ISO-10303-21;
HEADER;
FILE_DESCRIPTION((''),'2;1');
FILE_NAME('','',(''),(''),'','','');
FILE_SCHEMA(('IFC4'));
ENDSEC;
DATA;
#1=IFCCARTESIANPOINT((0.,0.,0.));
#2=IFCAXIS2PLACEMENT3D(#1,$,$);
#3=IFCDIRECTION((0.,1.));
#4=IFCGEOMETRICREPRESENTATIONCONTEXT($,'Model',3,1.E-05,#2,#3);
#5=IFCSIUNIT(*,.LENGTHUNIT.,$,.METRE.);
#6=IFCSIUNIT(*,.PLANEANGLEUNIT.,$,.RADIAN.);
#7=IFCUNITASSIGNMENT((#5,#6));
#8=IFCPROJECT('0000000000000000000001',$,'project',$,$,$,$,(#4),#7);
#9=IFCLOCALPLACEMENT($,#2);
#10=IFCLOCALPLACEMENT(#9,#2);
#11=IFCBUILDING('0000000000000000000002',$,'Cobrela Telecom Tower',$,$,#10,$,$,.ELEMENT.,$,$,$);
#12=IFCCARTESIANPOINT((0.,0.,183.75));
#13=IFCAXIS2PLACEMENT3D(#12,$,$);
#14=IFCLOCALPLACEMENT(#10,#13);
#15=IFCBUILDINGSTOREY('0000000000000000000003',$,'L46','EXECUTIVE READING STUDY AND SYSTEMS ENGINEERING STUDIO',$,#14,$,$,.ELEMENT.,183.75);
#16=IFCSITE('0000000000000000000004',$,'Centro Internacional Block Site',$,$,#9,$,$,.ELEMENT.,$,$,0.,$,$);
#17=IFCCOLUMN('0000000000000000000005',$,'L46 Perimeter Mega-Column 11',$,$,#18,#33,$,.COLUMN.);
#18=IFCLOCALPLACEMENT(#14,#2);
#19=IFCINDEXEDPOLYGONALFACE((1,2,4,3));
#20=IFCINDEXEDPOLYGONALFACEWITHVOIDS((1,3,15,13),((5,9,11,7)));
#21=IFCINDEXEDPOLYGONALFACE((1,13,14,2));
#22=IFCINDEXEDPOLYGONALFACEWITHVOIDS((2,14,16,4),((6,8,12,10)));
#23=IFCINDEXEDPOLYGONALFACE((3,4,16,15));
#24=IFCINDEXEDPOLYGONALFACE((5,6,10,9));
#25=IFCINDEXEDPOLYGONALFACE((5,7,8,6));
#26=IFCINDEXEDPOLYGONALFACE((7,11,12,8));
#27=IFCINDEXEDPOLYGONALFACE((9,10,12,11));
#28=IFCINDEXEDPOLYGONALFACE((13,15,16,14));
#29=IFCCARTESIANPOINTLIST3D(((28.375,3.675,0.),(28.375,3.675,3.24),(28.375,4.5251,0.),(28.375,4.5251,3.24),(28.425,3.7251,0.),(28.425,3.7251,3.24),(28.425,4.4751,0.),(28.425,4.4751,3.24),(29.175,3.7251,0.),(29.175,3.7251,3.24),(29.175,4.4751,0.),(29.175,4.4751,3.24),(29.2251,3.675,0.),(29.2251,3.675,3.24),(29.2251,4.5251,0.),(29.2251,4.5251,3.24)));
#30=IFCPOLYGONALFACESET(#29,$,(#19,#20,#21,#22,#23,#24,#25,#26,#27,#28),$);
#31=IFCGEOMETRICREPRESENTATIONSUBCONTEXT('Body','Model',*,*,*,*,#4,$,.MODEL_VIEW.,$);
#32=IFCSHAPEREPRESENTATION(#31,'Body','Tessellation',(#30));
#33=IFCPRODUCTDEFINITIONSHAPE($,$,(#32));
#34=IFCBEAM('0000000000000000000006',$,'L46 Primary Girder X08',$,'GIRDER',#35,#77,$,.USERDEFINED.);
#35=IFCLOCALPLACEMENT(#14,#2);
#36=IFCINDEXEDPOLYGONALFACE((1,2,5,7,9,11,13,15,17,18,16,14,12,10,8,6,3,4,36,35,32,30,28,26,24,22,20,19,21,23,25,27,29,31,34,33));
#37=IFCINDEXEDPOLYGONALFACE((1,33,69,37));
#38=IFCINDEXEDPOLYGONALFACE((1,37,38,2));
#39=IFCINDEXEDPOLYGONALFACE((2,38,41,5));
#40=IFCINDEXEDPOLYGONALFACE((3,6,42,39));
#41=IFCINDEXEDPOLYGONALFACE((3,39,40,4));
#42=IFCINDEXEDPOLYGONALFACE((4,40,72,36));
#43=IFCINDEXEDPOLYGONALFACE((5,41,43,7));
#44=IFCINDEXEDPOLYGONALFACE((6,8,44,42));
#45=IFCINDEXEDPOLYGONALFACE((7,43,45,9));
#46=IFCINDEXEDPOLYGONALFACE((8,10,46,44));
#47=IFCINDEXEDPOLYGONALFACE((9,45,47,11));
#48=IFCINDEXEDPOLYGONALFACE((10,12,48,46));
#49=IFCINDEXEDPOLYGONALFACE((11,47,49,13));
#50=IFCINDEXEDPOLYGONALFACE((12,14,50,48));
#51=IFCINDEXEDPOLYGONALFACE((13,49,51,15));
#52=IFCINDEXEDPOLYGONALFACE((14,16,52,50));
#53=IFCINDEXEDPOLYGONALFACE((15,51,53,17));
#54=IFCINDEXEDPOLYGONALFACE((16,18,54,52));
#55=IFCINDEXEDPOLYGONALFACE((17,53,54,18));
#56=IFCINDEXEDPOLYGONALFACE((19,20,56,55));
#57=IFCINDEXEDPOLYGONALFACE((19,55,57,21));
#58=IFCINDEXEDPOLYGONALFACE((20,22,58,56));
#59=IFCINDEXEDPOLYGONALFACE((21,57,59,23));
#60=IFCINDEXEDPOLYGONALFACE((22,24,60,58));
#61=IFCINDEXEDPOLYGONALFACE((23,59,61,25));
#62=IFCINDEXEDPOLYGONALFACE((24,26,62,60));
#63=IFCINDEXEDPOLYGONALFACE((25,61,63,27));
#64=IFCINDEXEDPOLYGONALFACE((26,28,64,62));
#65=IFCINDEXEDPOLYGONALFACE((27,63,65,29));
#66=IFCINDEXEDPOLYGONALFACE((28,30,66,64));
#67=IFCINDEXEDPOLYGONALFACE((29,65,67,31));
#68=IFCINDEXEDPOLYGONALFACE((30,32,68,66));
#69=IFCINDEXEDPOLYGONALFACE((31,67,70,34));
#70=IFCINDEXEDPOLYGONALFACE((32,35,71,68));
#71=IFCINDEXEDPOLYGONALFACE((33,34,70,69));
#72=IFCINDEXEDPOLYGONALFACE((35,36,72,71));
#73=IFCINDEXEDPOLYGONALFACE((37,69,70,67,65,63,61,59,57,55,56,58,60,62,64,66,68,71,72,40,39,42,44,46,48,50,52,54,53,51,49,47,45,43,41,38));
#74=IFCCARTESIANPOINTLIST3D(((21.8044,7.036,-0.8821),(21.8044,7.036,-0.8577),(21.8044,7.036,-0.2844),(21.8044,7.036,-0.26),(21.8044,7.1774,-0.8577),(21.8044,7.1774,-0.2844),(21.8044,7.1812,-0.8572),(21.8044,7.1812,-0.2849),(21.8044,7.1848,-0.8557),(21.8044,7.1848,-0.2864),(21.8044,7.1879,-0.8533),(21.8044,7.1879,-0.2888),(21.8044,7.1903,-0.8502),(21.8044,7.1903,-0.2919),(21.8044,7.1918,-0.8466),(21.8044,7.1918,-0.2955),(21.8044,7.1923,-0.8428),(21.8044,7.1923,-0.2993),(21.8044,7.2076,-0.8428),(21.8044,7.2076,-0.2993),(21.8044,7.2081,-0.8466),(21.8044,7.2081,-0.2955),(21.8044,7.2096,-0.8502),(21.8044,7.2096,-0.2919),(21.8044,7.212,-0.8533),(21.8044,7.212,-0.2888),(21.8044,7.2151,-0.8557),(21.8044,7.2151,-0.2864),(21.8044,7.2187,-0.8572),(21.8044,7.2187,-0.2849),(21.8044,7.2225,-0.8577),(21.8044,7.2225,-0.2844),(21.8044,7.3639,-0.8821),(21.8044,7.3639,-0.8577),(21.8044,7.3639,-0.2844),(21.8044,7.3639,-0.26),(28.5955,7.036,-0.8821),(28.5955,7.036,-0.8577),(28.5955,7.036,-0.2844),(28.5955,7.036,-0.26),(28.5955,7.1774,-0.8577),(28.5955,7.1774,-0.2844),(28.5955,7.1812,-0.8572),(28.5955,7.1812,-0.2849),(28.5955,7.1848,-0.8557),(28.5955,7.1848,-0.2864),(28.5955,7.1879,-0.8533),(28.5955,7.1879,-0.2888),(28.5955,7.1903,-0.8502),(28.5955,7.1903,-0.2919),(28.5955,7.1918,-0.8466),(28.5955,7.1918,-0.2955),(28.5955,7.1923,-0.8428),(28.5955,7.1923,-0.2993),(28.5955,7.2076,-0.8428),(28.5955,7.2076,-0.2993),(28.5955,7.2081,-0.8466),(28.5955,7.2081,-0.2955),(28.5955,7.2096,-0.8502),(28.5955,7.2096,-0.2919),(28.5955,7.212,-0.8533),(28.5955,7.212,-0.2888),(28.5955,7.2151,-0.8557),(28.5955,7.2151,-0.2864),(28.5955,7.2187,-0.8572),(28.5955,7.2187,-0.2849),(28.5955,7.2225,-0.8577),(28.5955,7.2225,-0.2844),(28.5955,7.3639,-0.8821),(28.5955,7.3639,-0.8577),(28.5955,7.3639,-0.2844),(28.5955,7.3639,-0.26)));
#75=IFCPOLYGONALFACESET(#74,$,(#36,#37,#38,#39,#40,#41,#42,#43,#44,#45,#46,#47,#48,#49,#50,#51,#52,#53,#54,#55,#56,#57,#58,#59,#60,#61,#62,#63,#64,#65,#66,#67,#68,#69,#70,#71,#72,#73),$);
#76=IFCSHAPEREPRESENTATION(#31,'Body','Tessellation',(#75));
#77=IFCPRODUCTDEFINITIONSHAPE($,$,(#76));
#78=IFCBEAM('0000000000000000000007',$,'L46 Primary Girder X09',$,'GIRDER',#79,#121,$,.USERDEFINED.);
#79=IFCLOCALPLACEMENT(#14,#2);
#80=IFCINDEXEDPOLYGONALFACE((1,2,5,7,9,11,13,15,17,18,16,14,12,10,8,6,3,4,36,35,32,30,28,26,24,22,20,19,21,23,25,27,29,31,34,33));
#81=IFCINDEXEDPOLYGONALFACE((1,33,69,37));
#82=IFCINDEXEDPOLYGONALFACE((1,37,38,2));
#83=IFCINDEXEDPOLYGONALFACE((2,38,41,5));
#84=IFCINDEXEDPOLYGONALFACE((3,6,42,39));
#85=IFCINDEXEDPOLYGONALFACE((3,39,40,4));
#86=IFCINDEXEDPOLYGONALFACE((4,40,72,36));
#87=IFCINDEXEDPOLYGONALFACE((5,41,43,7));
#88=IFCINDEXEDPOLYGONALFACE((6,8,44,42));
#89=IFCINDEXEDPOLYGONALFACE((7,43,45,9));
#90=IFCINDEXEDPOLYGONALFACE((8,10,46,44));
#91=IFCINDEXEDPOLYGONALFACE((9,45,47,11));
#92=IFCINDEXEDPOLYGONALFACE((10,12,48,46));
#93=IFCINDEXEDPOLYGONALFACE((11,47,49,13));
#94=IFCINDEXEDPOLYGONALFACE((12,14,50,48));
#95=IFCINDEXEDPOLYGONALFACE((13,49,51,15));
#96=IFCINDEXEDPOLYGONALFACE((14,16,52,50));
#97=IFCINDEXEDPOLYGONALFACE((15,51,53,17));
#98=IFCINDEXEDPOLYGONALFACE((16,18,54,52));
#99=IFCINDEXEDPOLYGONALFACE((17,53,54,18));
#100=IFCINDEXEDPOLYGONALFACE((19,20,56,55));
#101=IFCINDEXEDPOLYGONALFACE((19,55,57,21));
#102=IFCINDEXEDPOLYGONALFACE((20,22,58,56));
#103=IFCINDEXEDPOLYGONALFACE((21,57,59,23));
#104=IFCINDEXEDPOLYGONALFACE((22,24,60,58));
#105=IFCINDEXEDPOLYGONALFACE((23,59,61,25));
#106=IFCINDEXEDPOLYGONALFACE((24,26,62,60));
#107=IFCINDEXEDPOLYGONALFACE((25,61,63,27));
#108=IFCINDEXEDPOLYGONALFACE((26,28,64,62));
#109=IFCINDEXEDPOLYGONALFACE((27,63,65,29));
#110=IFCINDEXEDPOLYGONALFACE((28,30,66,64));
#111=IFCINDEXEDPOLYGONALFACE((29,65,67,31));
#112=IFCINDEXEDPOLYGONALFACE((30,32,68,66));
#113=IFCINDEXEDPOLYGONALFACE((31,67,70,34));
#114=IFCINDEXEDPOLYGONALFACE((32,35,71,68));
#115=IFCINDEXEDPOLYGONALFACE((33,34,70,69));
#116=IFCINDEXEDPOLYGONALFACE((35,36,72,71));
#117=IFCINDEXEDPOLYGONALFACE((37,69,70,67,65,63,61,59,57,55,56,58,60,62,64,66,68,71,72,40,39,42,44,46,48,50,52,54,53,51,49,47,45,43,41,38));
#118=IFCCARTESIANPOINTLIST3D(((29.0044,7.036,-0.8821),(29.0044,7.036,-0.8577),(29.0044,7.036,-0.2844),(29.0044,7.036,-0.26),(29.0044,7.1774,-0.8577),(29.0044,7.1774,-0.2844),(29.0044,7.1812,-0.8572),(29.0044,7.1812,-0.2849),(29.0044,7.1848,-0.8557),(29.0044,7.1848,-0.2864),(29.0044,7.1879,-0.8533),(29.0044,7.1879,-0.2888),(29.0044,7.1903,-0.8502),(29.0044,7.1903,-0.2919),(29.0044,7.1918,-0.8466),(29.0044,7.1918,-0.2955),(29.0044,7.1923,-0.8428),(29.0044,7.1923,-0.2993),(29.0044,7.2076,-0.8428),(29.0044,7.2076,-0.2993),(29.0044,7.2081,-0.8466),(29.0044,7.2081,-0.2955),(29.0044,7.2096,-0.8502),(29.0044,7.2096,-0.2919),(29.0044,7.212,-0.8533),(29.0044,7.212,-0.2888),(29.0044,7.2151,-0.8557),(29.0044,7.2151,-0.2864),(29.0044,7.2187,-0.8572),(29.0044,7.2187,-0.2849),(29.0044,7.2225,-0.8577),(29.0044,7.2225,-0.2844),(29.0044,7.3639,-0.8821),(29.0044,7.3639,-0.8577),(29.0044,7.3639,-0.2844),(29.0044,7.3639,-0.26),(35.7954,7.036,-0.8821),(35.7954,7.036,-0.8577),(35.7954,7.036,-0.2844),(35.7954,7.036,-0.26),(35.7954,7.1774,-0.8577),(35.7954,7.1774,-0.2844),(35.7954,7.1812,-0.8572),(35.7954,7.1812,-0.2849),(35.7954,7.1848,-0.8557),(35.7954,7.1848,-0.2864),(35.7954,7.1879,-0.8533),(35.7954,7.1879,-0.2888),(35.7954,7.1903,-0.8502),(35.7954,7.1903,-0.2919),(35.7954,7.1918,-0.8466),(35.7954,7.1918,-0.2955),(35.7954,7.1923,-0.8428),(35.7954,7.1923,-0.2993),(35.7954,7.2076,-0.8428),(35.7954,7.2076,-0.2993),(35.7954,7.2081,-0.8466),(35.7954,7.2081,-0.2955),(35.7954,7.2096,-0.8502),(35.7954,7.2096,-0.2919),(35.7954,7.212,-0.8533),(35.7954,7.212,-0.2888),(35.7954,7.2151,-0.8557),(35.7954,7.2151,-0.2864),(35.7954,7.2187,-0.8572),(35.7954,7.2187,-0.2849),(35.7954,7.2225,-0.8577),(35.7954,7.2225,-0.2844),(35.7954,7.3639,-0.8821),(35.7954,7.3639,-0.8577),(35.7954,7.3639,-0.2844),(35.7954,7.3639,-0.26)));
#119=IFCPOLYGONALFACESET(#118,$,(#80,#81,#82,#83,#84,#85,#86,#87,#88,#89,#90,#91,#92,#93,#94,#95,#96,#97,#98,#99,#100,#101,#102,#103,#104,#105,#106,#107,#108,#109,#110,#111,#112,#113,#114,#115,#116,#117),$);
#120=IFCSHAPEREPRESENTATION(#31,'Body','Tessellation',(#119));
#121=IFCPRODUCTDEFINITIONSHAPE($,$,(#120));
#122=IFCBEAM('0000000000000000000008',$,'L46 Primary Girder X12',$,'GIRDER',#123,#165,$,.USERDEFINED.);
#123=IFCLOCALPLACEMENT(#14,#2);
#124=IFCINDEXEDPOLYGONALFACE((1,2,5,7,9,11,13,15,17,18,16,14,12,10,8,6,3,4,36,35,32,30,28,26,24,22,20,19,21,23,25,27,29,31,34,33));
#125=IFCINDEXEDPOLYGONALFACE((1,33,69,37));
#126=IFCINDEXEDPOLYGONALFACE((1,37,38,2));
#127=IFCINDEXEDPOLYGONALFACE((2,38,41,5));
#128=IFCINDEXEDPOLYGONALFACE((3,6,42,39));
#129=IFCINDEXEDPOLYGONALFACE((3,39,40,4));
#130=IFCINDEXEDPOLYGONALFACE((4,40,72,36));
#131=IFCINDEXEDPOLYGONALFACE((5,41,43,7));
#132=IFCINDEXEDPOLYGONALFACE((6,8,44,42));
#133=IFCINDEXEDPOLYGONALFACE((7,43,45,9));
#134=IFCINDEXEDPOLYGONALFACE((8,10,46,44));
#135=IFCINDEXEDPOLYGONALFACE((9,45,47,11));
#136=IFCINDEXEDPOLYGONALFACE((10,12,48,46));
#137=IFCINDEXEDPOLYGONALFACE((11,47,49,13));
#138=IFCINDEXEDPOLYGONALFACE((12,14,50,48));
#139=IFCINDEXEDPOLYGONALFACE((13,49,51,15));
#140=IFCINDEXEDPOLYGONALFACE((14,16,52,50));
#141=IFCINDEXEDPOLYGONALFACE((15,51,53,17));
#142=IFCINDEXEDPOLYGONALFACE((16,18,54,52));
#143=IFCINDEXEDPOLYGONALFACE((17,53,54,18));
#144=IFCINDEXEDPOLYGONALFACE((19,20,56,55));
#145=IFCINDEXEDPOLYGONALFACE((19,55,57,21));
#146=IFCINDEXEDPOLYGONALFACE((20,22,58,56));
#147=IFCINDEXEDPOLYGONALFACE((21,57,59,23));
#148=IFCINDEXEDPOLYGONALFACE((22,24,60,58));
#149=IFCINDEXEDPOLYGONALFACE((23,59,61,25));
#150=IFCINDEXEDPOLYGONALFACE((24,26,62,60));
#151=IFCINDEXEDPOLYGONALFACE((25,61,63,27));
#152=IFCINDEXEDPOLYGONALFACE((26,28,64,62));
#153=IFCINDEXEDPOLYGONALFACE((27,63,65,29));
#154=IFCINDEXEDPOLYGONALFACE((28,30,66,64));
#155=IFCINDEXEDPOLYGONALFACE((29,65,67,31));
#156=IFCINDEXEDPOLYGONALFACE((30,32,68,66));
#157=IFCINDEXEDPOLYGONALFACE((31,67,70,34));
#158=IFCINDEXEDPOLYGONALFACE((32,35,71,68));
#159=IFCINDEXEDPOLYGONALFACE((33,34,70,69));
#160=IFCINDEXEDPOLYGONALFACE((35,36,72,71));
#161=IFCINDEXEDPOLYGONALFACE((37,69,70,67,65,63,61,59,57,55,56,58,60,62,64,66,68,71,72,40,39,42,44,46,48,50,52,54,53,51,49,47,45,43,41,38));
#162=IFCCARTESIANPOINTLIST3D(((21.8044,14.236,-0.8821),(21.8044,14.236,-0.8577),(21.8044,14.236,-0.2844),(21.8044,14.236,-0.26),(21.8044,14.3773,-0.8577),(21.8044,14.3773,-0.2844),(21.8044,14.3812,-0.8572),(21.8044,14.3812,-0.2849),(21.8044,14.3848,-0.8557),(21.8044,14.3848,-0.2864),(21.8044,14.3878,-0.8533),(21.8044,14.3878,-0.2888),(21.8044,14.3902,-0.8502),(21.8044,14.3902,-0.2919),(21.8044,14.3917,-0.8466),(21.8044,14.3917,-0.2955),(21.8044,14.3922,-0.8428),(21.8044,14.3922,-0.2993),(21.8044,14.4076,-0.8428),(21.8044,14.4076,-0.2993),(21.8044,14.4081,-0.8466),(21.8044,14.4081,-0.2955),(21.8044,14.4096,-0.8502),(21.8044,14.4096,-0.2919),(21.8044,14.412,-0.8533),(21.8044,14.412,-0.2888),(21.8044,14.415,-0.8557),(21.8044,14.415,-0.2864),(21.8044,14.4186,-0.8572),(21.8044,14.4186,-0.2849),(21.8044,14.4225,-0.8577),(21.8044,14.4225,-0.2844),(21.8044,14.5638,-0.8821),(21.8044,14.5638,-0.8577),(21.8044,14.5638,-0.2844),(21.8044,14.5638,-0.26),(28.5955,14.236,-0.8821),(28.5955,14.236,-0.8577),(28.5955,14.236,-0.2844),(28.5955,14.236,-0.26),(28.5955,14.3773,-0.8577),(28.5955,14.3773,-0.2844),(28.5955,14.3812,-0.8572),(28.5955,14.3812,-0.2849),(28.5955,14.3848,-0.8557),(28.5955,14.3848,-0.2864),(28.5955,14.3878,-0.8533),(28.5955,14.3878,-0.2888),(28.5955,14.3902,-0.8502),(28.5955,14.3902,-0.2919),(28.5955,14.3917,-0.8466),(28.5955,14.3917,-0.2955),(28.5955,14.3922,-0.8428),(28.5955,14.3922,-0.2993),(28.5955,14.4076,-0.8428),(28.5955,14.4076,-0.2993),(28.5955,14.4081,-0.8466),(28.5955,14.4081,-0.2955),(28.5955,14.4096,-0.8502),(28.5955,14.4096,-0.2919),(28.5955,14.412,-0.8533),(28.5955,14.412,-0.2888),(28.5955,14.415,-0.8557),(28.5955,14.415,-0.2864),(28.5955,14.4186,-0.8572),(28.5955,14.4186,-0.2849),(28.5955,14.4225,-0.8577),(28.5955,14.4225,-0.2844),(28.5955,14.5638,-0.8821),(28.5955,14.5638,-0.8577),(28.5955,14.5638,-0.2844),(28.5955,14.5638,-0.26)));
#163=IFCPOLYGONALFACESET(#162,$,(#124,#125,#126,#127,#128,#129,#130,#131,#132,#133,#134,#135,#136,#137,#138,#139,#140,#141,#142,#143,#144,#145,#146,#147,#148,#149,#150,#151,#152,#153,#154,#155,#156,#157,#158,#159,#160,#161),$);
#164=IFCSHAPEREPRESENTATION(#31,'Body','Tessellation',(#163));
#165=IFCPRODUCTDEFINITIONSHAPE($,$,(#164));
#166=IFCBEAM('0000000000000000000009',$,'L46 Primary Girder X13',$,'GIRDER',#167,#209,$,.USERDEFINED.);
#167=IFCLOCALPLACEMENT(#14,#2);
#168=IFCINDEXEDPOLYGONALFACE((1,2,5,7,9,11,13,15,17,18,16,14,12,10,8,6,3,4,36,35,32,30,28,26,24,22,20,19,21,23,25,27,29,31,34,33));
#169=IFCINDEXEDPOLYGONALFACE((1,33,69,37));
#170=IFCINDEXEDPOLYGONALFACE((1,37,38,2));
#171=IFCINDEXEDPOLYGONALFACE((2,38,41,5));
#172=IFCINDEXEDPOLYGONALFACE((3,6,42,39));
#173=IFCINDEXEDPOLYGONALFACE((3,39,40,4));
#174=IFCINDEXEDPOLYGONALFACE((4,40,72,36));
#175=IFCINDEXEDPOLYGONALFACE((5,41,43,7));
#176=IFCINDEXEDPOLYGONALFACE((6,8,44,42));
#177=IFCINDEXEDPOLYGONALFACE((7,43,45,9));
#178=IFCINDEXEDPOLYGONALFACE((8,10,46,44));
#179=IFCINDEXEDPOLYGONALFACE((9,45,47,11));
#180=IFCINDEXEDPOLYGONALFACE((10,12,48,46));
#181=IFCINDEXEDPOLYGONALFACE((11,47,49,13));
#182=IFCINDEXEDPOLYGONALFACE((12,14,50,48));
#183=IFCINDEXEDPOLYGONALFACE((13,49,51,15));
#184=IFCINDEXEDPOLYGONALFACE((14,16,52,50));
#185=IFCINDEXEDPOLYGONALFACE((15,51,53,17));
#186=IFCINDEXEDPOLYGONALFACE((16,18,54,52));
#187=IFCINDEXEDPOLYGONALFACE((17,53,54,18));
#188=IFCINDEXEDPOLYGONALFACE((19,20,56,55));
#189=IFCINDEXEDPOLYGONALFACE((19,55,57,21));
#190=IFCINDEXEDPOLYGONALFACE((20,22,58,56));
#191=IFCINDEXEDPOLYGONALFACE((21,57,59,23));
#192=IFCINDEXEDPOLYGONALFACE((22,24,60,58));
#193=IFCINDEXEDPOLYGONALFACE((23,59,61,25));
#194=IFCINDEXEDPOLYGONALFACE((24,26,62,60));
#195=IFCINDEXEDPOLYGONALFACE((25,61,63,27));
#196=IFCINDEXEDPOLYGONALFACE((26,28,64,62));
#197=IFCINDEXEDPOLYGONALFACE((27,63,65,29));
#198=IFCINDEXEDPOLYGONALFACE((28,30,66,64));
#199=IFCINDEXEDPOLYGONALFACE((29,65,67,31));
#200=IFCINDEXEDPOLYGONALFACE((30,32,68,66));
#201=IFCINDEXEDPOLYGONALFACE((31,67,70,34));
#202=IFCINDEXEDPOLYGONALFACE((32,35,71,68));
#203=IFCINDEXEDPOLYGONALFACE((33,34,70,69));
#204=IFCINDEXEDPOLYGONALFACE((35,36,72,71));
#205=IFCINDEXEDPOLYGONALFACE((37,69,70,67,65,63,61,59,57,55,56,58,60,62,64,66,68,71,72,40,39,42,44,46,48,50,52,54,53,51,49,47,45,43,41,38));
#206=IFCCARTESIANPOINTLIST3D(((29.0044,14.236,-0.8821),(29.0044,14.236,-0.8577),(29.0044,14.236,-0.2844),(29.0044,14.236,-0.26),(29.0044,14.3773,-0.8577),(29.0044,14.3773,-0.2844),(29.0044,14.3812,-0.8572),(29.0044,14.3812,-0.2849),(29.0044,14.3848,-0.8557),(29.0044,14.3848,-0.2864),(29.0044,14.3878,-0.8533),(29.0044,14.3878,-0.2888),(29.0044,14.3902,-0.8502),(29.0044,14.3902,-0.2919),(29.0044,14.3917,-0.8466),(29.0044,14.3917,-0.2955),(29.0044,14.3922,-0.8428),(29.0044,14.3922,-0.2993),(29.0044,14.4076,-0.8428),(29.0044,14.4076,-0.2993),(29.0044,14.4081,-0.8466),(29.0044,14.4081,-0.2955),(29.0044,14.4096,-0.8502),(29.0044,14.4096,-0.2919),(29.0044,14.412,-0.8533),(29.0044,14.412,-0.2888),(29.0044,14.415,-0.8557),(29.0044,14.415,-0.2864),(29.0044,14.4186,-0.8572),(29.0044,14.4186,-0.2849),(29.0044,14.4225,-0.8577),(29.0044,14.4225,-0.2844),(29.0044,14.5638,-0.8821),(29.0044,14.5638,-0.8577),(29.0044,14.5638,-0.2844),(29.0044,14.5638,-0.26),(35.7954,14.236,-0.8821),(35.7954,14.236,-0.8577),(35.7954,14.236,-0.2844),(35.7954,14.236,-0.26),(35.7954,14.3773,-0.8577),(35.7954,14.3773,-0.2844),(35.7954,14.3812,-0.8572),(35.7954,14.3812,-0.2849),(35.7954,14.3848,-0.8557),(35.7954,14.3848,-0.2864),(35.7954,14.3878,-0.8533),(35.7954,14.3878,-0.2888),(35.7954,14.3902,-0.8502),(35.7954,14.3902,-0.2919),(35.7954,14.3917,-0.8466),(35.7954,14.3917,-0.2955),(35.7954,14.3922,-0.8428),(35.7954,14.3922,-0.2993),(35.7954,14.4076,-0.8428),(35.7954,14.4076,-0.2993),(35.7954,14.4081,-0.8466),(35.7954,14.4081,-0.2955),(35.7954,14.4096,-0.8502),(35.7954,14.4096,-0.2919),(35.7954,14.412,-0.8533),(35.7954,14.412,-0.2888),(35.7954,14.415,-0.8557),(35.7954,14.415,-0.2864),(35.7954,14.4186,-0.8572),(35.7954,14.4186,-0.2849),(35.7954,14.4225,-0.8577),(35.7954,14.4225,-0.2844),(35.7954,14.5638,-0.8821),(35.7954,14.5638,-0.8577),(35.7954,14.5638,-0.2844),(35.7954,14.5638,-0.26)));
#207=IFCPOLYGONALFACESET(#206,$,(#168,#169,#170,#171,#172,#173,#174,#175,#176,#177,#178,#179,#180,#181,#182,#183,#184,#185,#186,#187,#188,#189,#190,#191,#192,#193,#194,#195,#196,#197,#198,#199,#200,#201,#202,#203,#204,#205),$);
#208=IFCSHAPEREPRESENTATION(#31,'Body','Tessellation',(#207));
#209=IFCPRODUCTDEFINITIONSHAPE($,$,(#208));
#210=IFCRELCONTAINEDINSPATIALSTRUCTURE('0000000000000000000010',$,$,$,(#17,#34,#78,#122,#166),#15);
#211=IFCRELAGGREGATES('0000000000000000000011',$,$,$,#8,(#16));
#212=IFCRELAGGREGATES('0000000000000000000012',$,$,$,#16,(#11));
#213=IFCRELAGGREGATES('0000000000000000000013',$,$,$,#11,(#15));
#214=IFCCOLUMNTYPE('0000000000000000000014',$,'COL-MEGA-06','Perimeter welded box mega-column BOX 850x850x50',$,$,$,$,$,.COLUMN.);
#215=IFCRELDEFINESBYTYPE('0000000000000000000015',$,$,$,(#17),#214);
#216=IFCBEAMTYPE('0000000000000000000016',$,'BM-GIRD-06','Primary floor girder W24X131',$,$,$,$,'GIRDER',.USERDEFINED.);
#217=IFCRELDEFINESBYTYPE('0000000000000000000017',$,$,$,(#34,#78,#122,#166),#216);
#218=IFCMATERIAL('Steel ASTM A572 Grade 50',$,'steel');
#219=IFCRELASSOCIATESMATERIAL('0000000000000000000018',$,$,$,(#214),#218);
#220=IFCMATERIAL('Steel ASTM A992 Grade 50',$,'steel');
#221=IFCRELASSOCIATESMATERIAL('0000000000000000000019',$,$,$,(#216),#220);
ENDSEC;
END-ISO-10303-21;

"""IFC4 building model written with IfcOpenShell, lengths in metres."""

from ifc_helpers import new_model, si_unit, direction, frame, origin, origin_2d, place, context, subcontext, project, spatial, hollow_rectangle, i_section, extrude, material, material_profile, profile_set, type_object, element, save


model = new_model("IFC4")

# Units and contexts
model_context = context("Model", 3, precision=1e-05, world=origin(), true_north=direction((0.0, 1.0)))
body_context = subcontext(model_context, "Body", "Model", "MODEL_VIEW")
ifc_project = project(units=[si_unit("LENGTHUNIT", "METRE"), si_unit("PLANEANGLEUNIT", "RADIAN")], contexts=[model_context])

# Site, building, storey
site_placement = place(None, origin())
site = spatial("IfcSite", under=ifc_project, at=site_placement, Name="Centro Internacional Block Site", CompositionType="ELEMENT", RefElevation=0.0)
building_placement = place(site_placement, origin())
building = spatial("IfcBuilding", under=site, at=building_placement, Name="Cobrela Telecom Tower", CompositionType="ELEMENT")
storey_placement = place(building_placement, frame((0.0, 0.0, 183.75)))
storey = spatial("IfcBuildingStorey", under=building, at=storey_placement, Name="L46", Description="EXECUTIVE READING STUDY AND SYSTEMS ENGINEERING STUDIO", CompositionType="ELEMENT", Elevation=183.75)

# Column
ifc_material_1 = material(Name="Steel ASTM A992 Grade 50", Category="steel")
ifc_material_2 = material(Name="Steel ASTM A572 Grade 50", Category="steel")
ifc_material_profile_1 = material_profile(ifc_material_2, hollow_rectangle(XDim=0.8501, YDim=0.8501, WallThickness=0.05, at=origin_2d()), Name="BOX 850x850x50")
ifc_profile_set_1 = profile_set([ifc_material_profile_1], Name="Steel ASTM A572 Grade 50")
column_type_1 = type_object("IfcColumnType", Name="COL-MEGA-06", Description="Perimeter welded box mega-column BOX 850x850x50", PredefinedType="COLUMN", material=ifc_profile_set_1)
for number, where, z_axis, x_axis, name in (
    (1, (28.8, 4.1001, 0.0), (0.0, 0.0, 1.0), (1.0, 0.0, 0.0), "L46 Perimeter Mega-Column 11"),
):
    element("IfcColumn", number, at=place(storey_placement, frame(where, z_axis=z_axis, x_axis=x_axis)), inside=storey, type_object=column_type_1, Name=name, PredefinedType="COLUMN", context=body_context, shape_type="SweptSolid", body=[
        extrude(hollow_rectangle(XDim=0.8501, YDim=0.8501, WallThickness=0.05, at=origin_2d()), origin(), (0.0, 0.0, 1.0), 3.24),
    ])

# Beams
ifc_material_profile_2 = material_profile(ifc_material_1, i_section(OverallWidth=0.3279, OverallDepth=0.6221, WebThickness=0.0154, FlangeThickness=0.0244, FilletRadius=0.0149, at=origin_2d()), Name="W24X131")
ifc_profile_set_2 = profile_set([ifc_material_profile_2], Name="Steel ASTM A992 Grade 50")
beam_type_1 = type_object("IfcBeamType", Name="BM-GIRD-06", Description="Primary floor girder W24X131", ElementType="GIRDER", PredefinedType="USERDEFINED", material=ifc_profile_set_2)
for number, where, z_axis, x_axis, name in (
    (2, (21.8044, 7.2, -0.571), (1.0, 0.0, 0.0), (0.0, 1.0, 0.0), "L46 Primary Girder X08"),
    (3, (29.0044, 7.2, -0.571), (1.0, 0.0, 0.0), (0.0, 1.0, 0.0), "L46 Primary Girder X09"),
    (4, (21.8044, 14.3999, -0.571), (1.0, 0.0, 0.0), (0.0, 1.0, 0.0), "L46 Primary Girder X12"),
    (5, (29.0044, 14.3999, -0.571), (1.0, 0.0, 0.0), (0.0, 1.0, 0.0), "L46 Primary Girder X13"),
):
    element("IfcBeam", number, at=place(storey_placement, frame(where, z_axis=z_axis, x_axis=x_axis)), inside=storey, type_object=beam_type_1, Name=name, ObjectType="GIRDER", PredefinedType="USERDEFINED", context=body_context, shape_type="SweptSolid", body=[
        extrude(i_section(OverallWidth=0.3279, OverallDepth=0.6221, WebThickness=0.0154, FlangeThickness=0.0244, FilletRadius=0.0149, at=origin_2d()), origin(), (0.0, 0.0, 1.0), 6.791),
    ])

save(model, "model.ifc")
